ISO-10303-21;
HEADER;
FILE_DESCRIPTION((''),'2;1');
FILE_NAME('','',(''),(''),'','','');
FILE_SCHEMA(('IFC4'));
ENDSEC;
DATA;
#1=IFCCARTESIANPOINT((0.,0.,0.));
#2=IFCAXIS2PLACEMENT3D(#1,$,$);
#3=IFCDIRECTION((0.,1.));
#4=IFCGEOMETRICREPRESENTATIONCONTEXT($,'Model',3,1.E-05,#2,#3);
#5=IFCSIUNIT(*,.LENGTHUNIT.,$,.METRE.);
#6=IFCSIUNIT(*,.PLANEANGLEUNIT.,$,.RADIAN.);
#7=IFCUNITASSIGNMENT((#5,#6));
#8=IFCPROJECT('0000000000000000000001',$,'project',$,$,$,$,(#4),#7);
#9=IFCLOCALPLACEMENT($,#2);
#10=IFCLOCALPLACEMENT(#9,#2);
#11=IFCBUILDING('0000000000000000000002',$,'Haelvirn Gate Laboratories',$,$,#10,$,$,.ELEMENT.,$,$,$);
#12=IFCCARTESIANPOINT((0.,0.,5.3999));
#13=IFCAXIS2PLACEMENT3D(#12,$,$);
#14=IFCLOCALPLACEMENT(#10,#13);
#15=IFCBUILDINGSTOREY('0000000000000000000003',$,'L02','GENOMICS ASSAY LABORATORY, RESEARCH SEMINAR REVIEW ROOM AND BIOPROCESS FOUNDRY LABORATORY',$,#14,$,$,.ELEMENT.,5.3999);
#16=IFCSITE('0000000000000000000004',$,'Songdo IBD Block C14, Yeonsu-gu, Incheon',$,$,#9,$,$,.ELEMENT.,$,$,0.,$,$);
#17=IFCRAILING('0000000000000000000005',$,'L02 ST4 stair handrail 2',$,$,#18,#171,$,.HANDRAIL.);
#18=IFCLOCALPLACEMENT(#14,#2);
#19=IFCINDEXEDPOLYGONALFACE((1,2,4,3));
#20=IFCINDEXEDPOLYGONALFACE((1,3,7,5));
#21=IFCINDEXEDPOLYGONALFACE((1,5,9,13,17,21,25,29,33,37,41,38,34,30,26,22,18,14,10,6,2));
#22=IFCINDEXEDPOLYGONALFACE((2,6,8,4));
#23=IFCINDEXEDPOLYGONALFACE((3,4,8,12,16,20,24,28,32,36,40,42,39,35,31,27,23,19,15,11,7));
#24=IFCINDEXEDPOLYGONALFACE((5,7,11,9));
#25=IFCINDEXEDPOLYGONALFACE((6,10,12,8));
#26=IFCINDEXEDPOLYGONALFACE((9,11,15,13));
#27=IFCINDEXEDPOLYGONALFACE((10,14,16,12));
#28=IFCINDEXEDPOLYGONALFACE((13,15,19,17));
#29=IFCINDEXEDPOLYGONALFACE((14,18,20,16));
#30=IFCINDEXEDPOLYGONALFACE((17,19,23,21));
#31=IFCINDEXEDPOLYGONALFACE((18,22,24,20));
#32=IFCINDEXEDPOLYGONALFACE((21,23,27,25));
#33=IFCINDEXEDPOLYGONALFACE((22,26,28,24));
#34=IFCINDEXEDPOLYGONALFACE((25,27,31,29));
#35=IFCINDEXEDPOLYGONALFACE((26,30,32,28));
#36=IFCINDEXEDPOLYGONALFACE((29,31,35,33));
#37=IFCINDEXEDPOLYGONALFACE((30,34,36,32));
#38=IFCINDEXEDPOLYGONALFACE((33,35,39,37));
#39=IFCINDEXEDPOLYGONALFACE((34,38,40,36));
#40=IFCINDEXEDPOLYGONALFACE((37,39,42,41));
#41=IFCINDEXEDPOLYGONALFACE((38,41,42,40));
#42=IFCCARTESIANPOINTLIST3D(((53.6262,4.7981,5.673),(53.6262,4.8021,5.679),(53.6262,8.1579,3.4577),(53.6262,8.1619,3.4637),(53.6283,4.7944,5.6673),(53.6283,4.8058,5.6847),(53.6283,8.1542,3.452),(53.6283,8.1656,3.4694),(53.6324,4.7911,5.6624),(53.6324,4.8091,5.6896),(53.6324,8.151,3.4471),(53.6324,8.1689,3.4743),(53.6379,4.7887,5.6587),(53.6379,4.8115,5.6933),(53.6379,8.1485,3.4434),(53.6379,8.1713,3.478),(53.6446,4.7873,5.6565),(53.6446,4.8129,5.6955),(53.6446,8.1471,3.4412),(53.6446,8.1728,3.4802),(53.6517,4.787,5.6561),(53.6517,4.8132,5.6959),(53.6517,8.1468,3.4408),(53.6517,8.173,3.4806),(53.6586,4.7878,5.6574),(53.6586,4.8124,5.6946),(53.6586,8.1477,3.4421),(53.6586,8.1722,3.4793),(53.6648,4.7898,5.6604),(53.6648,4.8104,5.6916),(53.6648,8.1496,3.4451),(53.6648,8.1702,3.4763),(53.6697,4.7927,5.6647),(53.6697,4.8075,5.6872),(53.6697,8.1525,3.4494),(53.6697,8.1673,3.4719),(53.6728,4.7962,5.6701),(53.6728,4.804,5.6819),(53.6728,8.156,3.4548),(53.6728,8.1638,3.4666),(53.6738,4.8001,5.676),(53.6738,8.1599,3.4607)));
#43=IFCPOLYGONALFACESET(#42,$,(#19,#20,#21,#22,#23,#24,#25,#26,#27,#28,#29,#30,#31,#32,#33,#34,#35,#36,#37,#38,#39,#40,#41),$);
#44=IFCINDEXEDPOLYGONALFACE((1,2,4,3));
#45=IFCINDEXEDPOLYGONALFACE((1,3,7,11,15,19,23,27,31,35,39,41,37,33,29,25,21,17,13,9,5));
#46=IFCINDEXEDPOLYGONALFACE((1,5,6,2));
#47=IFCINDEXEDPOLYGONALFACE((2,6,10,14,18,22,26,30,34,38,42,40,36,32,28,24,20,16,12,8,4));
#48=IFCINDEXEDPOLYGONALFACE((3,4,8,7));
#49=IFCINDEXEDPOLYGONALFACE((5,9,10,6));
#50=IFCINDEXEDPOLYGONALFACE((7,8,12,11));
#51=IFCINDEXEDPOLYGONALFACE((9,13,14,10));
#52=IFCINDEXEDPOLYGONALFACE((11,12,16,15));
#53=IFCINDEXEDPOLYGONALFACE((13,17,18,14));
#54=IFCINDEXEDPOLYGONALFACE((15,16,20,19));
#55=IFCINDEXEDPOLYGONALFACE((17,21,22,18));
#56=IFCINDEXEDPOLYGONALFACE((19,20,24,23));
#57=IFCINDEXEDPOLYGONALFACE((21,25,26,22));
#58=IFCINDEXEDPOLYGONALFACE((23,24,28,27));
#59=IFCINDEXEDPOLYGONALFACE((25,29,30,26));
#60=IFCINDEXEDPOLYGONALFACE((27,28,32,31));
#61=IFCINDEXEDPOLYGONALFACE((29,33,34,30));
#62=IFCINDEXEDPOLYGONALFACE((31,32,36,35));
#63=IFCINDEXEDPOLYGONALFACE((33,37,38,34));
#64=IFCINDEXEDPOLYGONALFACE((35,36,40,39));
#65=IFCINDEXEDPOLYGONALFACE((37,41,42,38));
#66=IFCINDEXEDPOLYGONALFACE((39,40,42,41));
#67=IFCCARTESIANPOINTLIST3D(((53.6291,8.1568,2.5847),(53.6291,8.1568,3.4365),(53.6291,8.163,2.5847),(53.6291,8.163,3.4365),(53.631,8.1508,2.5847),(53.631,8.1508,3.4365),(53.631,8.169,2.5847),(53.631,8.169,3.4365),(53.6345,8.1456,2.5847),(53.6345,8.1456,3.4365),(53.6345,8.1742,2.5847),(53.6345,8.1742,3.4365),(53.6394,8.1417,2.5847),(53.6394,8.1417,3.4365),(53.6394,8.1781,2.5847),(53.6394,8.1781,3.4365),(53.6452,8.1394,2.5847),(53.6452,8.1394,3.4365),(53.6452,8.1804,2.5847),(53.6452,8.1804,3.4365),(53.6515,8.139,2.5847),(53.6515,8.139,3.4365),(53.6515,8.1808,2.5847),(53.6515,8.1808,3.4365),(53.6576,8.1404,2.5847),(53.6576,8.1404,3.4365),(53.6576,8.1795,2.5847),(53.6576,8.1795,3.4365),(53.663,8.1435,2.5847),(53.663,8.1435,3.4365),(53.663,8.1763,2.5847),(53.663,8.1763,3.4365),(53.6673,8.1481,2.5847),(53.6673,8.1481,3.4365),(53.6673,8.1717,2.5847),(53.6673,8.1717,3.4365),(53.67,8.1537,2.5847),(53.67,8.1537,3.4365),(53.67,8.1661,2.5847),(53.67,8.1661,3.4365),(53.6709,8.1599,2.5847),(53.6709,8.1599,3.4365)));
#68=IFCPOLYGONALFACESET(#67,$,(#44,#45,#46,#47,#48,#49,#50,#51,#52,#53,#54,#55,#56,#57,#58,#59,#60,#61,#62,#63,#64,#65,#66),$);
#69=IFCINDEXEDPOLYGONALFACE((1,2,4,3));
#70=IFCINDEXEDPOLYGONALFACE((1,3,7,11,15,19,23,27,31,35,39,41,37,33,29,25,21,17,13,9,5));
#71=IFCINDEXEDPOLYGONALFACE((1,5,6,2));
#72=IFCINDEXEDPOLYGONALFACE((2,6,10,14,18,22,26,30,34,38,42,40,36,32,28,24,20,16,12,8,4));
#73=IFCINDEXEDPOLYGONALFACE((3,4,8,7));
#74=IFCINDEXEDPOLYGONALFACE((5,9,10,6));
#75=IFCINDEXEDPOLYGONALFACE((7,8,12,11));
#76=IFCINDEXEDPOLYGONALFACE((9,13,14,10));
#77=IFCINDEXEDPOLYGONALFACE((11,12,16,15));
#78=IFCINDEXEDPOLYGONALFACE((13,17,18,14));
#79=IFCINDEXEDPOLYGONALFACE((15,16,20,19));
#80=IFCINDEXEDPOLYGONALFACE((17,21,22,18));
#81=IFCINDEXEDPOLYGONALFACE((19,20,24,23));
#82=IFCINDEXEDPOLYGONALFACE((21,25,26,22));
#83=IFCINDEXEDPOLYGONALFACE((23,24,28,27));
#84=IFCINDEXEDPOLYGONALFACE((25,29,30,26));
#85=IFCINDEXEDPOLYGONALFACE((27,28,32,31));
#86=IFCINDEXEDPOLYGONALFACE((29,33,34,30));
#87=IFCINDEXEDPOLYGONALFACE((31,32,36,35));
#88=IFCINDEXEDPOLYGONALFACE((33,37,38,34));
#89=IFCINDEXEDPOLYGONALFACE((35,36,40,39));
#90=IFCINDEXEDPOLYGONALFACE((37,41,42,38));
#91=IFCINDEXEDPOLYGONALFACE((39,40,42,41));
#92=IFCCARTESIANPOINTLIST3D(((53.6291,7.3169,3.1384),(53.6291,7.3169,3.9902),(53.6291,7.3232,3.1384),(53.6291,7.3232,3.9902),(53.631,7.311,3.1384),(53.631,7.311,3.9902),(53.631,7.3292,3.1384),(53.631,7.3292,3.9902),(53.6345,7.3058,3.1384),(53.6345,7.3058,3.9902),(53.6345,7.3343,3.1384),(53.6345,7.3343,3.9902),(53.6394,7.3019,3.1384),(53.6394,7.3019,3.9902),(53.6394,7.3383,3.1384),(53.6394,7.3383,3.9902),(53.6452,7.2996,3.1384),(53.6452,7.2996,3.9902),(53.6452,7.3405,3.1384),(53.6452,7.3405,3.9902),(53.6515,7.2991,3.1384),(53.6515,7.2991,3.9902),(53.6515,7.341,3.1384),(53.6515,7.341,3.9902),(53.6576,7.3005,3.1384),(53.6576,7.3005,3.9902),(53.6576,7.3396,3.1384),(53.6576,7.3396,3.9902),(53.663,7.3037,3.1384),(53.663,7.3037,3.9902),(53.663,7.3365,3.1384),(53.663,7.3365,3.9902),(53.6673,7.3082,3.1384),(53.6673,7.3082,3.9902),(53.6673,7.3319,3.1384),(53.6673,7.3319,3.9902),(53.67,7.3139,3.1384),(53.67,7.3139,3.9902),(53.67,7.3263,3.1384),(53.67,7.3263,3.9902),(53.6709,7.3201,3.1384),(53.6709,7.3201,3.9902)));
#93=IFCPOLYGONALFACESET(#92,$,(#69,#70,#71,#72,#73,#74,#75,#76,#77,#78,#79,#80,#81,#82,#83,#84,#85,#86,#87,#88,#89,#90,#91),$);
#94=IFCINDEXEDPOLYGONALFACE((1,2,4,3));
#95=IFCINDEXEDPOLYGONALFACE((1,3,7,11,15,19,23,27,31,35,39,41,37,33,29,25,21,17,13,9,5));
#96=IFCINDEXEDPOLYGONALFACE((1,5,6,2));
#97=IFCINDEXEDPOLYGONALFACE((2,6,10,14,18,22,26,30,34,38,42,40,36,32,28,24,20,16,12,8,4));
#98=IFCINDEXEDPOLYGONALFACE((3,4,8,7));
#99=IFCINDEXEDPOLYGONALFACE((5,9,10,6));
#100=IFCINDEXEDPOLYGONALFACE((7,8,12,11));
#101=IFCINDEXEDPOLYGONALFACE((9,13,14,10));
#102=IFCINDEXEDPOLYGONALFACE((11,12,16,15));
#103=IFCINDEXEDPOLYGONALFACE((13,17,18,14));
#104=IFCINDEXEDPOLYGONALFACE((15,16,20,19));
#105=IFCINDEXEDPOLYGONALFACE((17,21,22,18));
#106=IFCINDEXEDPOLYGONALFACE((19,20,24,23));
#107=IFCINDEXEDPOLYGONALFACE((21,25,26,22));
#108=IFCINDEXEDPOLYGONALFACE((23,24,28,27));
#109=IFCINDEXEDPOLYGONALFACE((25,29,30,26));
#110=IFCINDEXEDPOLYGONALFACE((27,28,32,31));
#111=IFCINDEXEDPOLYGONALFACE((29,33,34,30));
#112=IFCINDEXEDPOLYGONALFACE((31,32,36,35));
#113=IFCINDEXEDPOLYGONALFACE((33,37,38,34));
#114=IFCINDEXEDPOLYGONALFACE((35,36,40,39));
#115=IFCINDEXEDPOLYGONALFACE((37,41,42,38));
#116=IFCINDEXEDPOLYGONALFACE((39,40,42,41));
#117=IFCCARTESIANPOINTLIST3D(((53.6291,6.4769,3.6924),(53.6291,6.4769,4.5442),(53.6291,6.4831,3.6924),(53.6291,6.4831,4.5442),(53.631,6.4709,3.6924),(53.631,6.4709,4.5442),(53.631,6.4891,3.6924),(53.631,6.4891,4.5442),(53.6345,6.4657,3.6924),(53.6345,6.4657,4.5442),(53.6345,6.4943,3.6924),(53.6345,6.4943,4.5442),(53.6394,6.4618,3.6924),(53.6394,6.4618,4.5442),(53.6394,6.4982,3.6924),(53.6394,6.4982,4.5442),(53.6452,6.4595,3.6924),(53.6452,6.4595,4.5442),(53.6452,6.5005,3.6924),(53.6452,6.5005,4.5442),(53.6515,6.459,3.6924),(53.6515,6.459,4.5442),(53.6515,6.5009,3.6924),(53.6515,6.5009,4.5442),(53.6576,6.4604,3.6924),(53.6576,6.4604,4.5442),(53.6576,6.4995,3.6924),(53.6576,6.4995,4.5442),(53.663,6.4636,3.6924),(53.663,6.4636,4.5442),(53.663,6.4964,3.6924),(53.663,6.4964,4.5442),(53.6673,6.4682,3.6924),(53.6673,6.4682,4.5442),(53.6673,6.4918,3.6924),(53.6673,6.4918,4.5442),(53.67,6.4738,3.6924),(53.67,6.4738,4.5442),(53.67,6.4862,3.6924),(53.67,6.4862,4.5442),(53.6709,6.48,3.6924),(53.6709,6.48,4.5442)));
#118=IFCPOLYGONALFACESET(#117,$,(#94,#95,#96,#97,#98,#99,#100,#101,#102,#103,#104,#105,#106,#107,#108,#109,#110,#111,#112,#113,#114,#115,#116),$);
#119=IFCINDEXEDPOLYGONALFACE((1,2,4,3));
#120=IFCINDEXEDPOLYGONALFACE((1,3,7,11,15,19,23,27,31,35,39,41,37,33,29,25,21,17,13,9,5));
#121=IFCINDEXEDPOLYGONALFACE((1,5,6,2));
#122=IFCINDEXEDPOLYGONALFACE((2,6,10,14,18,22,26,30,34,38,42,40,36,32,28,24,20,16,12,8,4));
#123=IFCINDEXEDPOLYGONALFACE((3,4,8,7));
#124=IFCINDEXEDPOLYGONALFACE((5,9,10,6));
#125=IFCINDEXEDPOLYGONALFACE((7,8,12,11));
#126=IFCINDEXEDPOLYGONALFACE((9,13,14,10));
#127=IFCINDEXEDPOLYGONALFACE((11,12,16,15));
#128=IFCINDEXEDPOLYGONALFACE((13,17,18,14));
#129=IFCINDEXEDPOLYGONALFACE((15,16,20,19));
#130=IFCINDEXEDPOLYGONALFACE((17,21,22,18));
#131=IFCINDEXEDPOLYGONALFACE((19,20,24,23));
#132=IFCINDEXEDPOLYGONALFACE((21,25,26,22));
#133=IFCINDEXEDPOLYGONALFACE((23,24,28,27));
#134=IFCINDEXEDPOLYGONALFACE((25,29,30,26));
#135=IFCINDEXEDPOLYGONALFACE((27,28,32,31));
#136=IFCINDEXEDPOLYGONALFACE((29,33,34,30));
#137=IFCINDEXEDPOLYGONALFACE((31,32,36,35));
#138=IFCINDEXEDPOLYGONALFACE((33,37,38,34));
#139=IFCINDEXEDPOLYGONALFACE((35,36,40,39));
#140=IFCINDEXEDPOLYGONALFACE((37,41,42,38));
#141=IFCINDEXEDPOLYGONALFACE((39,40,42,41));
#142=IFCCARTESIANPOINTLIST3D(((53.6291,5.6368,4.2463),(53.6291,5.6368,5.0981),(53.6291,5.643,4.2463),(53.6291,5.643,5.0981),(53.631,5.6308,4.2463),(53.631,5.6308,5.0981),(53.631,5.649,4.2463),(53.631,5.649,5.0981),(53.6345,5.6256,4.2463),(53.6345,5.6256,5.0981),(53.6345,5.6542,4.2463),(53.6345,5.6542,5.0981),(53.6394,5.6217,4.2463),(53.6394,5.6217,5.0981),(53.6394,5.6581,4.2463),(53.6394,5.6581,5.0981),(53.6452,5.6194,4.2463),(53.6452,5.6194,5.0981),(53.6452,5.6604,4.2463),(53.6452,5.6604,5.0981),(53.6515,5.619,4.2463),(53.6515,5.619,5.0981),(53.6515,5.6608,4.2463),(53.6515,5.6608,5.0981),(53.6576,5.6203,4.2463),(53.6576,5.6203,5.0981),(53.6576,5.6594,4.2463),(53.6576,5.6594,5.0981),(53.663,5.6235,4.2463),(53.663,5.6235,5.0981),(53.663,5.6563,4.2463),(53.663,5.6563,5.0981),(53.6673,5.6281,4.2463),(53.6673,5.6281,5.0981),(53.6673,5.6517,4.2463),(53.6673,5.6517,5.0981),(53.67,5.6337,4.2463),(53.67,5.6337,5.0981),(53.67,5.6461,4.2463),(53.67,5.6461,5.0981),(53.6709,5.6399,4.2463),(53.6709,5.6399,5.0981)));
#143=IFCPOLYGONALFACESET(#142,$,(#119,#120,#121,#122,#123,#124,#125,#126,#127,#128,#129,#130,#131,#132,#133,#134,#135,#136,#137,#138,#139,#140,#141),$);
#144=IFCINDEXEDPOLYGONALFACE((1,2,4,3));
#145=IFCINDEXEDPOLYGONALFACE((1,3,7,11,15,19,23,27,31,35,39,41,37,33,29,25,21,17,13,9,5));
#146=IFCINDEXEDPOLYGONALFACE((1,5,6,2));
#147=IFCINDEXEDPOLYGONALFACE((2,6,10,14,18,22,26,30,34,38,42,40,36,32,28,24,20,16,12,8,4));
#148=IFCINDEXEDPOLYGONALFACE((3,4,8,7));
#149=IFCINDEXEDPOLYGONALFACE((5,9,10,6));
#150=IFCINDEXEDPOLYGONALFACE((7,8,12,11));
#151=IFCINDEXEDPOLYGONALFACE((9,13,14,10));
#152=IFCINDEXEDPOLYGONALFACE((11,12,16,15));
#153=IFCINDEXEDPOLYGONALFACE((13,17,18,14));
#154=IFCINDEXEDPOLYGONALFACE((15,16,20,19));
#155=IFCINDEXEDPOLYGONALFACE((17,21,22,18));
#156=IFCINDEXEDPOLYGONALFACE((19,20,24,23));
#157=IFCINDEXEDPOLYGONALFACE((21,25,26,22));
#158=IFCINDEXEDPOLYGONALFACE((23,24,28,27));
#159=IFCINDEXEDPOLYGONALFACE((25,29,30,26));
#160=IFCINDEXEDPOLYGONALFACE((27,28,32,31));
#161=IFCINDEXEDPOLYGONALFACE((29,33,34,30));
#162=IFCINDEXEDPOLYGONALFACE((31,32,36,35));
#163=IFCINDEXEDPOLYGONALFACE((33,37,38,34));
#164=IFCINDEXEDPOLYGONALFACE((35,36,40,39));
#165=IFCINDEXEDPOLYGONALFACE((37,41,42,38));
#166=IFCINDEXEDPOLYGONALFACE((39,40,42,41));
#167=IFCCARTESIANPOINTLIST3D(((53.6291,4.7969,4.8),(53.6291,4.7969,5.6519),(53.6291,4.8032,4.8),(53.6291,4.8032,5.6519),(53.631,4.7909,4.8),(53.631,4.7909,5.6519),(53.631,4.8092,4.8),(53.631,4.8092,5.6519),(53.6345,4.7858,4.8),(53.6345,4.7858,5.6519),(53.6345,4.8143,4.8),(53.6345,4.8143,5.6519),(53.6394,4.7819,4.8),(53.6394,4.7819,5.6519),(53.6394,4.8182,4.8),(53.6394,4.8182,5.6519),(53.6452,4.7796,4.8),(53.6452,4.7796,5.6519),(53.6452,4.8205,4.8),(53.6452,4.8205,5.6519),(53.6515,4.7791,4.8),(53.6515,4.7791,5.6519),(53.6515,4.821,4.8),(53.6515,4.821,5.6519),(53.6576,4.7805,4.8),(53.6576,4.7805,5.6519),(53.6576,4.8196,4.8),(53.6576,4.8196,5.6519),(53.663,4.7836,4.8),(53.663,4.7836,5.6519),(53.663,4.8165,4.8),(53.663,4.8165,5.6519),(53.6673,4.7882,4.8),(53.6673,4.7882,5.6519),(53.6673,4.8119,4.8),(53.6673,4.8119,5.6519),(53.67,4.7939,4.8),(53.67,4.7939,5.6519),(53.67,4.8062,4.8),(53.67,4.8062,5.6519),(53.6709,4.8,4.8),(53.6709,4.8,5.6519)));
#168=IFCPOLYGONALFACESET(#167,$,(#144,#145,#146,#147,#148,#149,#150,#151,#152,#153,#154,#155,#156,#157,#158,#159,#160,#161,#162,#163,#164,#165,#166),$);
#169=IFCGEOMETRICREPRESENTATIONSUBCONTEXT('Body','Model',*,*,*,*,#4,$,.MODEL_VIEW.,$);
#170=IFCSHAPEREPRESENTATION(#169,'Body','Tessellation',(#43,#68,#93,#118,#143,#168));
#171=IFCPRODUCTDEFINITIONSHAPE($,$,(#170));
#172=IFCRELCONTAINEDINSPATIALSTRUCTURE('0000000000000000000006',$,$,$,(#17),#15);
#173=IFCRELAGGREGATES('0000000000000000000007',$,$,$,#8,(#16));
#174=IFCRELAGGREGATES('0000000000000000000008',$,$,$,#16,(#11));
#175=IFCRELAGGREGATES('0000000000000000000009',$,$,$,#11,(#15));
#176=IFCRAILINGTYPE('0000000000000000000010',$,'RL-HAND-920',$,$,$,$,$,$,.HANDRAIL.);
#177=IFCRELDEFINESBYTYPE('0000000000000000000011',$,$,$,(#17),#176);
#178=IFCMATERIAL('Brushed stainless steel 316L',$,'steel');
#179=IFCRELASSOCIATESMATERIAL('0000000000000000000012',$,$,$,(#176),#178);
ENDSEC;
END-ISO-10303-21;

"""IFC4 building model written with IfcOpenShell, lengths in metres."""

from ifc_helpers import new_model, si_unit, direction, frame, origin, origin_2d, place, context, subcontext, project, spatial, circle, extrude, source, transform, mapped, material, type_object, type_shapes, element, save


model = new_model("IFC4")

# Units and contexts
model_context = context("Model", 3, precision=1e-05, world=origin(), true_north=direction((0.0, 1.0)))
body_context = subcontext(model_context, "Body", "Model", "MODEL_VIEW")
ifc_project = project(units=[si_unit("LENGTHUNIT", "METRE"), si_unit("PLANEANGLEUNIT", "RADIAN")], contexts=[model_context])

# Site, building, storey
site_placement = place(None, origin())
site = spatial("IfcSite", under=ifc_project, at=site_placement, Name="Songdo IBD Block C14, Yeonsu-gu, Incheon", CompositionType="ELEMENT", RefElevation=0.0)
building_placement = place(site_placement, origin())
building = spatial("IfcBuilding", under=site, at=building_placement, Name="Haelvirn Gate Laboratories", CompositionType="ELEMENT")
storey_placement = place(building_placement, frame((0.0, 0.0, 5.3999)))
storey = spatial("IfcBuildingStorey", under=building, at=storey_placement, Name="L02", Description="GENOMICS ASSAY LABORATORY, RESEARCH SEMINAR REVIEW ROOM AND BIOPROCESS FOUNDRY LABORATORY", CompositionType="ELEMENT", Elevation=5.3999)

# Railing
ifc_material_1 = material(Name="Brushed stainless steel 316L", Category="steel")
railing_type_1 = type_object("IfcRailingType", Name="RL-HAND-920", PredefinedType="HANDRAIL", material=ifc_material_1)
shared_shape_1 = source(origin(), body_context, "Body", "SweptSolid", [
    extrude(circle(Radius=0.0239, at=origin_2d()), frame((0.0, 0.0, 0.876), z_axis=(0.0, -0.834858, 0.550465), x_axis=(1.0, 0.0, 0.0)), (0.0, 0.0, 1.0), 4.0244),
    extrude(circle(Radius=0.021, at=origin_2d()), origin(), (0.0, 0.0, 1.0), 0.8518),
    extrude(circle(Radius=0.021, at=origin_2d()), frame((0.0, -0.8398, 0.5537)), (0.0, 0.0, 1.0), 0.8518),
    extrude(circle(Radius=0.021, at=origin_2d()), frame((0.0, -1.6799, 1.1077)), (0.0, 0.0, 1.0), 0.8518),
    extrude(circle(Radius=0.021, at=origin_2d()), frame((0.0, -2.52, 1.6616)), (0.0, 0.0, 1.0), 0.8518),
    extrude(circle(Radius=0.021, at=origin_2d()), frame((0.0, -3.3599, 2.2153)), (0.0, 0.0, 1.0), 0.8518),
])
type_shapes(railing_type_1, [shared_shape_1])
railing_1_placement = place(storey_placement, frame((53.6499, 8.1599, 2.5847)))
element("IfcRailing", 1, at=railing_1_placement, inside=storey, type_object=railing_type_1, Name="L02 ST4 stair handrail 2", PredefinedType="HANDRAIL", context=body_context, shape_type="MappedRepresentation", body=[
    mapped(shared_shape_1, transform((0.0, 0.0, 0.0), scale=1.0)),
])

save(model, "model.ifc")
